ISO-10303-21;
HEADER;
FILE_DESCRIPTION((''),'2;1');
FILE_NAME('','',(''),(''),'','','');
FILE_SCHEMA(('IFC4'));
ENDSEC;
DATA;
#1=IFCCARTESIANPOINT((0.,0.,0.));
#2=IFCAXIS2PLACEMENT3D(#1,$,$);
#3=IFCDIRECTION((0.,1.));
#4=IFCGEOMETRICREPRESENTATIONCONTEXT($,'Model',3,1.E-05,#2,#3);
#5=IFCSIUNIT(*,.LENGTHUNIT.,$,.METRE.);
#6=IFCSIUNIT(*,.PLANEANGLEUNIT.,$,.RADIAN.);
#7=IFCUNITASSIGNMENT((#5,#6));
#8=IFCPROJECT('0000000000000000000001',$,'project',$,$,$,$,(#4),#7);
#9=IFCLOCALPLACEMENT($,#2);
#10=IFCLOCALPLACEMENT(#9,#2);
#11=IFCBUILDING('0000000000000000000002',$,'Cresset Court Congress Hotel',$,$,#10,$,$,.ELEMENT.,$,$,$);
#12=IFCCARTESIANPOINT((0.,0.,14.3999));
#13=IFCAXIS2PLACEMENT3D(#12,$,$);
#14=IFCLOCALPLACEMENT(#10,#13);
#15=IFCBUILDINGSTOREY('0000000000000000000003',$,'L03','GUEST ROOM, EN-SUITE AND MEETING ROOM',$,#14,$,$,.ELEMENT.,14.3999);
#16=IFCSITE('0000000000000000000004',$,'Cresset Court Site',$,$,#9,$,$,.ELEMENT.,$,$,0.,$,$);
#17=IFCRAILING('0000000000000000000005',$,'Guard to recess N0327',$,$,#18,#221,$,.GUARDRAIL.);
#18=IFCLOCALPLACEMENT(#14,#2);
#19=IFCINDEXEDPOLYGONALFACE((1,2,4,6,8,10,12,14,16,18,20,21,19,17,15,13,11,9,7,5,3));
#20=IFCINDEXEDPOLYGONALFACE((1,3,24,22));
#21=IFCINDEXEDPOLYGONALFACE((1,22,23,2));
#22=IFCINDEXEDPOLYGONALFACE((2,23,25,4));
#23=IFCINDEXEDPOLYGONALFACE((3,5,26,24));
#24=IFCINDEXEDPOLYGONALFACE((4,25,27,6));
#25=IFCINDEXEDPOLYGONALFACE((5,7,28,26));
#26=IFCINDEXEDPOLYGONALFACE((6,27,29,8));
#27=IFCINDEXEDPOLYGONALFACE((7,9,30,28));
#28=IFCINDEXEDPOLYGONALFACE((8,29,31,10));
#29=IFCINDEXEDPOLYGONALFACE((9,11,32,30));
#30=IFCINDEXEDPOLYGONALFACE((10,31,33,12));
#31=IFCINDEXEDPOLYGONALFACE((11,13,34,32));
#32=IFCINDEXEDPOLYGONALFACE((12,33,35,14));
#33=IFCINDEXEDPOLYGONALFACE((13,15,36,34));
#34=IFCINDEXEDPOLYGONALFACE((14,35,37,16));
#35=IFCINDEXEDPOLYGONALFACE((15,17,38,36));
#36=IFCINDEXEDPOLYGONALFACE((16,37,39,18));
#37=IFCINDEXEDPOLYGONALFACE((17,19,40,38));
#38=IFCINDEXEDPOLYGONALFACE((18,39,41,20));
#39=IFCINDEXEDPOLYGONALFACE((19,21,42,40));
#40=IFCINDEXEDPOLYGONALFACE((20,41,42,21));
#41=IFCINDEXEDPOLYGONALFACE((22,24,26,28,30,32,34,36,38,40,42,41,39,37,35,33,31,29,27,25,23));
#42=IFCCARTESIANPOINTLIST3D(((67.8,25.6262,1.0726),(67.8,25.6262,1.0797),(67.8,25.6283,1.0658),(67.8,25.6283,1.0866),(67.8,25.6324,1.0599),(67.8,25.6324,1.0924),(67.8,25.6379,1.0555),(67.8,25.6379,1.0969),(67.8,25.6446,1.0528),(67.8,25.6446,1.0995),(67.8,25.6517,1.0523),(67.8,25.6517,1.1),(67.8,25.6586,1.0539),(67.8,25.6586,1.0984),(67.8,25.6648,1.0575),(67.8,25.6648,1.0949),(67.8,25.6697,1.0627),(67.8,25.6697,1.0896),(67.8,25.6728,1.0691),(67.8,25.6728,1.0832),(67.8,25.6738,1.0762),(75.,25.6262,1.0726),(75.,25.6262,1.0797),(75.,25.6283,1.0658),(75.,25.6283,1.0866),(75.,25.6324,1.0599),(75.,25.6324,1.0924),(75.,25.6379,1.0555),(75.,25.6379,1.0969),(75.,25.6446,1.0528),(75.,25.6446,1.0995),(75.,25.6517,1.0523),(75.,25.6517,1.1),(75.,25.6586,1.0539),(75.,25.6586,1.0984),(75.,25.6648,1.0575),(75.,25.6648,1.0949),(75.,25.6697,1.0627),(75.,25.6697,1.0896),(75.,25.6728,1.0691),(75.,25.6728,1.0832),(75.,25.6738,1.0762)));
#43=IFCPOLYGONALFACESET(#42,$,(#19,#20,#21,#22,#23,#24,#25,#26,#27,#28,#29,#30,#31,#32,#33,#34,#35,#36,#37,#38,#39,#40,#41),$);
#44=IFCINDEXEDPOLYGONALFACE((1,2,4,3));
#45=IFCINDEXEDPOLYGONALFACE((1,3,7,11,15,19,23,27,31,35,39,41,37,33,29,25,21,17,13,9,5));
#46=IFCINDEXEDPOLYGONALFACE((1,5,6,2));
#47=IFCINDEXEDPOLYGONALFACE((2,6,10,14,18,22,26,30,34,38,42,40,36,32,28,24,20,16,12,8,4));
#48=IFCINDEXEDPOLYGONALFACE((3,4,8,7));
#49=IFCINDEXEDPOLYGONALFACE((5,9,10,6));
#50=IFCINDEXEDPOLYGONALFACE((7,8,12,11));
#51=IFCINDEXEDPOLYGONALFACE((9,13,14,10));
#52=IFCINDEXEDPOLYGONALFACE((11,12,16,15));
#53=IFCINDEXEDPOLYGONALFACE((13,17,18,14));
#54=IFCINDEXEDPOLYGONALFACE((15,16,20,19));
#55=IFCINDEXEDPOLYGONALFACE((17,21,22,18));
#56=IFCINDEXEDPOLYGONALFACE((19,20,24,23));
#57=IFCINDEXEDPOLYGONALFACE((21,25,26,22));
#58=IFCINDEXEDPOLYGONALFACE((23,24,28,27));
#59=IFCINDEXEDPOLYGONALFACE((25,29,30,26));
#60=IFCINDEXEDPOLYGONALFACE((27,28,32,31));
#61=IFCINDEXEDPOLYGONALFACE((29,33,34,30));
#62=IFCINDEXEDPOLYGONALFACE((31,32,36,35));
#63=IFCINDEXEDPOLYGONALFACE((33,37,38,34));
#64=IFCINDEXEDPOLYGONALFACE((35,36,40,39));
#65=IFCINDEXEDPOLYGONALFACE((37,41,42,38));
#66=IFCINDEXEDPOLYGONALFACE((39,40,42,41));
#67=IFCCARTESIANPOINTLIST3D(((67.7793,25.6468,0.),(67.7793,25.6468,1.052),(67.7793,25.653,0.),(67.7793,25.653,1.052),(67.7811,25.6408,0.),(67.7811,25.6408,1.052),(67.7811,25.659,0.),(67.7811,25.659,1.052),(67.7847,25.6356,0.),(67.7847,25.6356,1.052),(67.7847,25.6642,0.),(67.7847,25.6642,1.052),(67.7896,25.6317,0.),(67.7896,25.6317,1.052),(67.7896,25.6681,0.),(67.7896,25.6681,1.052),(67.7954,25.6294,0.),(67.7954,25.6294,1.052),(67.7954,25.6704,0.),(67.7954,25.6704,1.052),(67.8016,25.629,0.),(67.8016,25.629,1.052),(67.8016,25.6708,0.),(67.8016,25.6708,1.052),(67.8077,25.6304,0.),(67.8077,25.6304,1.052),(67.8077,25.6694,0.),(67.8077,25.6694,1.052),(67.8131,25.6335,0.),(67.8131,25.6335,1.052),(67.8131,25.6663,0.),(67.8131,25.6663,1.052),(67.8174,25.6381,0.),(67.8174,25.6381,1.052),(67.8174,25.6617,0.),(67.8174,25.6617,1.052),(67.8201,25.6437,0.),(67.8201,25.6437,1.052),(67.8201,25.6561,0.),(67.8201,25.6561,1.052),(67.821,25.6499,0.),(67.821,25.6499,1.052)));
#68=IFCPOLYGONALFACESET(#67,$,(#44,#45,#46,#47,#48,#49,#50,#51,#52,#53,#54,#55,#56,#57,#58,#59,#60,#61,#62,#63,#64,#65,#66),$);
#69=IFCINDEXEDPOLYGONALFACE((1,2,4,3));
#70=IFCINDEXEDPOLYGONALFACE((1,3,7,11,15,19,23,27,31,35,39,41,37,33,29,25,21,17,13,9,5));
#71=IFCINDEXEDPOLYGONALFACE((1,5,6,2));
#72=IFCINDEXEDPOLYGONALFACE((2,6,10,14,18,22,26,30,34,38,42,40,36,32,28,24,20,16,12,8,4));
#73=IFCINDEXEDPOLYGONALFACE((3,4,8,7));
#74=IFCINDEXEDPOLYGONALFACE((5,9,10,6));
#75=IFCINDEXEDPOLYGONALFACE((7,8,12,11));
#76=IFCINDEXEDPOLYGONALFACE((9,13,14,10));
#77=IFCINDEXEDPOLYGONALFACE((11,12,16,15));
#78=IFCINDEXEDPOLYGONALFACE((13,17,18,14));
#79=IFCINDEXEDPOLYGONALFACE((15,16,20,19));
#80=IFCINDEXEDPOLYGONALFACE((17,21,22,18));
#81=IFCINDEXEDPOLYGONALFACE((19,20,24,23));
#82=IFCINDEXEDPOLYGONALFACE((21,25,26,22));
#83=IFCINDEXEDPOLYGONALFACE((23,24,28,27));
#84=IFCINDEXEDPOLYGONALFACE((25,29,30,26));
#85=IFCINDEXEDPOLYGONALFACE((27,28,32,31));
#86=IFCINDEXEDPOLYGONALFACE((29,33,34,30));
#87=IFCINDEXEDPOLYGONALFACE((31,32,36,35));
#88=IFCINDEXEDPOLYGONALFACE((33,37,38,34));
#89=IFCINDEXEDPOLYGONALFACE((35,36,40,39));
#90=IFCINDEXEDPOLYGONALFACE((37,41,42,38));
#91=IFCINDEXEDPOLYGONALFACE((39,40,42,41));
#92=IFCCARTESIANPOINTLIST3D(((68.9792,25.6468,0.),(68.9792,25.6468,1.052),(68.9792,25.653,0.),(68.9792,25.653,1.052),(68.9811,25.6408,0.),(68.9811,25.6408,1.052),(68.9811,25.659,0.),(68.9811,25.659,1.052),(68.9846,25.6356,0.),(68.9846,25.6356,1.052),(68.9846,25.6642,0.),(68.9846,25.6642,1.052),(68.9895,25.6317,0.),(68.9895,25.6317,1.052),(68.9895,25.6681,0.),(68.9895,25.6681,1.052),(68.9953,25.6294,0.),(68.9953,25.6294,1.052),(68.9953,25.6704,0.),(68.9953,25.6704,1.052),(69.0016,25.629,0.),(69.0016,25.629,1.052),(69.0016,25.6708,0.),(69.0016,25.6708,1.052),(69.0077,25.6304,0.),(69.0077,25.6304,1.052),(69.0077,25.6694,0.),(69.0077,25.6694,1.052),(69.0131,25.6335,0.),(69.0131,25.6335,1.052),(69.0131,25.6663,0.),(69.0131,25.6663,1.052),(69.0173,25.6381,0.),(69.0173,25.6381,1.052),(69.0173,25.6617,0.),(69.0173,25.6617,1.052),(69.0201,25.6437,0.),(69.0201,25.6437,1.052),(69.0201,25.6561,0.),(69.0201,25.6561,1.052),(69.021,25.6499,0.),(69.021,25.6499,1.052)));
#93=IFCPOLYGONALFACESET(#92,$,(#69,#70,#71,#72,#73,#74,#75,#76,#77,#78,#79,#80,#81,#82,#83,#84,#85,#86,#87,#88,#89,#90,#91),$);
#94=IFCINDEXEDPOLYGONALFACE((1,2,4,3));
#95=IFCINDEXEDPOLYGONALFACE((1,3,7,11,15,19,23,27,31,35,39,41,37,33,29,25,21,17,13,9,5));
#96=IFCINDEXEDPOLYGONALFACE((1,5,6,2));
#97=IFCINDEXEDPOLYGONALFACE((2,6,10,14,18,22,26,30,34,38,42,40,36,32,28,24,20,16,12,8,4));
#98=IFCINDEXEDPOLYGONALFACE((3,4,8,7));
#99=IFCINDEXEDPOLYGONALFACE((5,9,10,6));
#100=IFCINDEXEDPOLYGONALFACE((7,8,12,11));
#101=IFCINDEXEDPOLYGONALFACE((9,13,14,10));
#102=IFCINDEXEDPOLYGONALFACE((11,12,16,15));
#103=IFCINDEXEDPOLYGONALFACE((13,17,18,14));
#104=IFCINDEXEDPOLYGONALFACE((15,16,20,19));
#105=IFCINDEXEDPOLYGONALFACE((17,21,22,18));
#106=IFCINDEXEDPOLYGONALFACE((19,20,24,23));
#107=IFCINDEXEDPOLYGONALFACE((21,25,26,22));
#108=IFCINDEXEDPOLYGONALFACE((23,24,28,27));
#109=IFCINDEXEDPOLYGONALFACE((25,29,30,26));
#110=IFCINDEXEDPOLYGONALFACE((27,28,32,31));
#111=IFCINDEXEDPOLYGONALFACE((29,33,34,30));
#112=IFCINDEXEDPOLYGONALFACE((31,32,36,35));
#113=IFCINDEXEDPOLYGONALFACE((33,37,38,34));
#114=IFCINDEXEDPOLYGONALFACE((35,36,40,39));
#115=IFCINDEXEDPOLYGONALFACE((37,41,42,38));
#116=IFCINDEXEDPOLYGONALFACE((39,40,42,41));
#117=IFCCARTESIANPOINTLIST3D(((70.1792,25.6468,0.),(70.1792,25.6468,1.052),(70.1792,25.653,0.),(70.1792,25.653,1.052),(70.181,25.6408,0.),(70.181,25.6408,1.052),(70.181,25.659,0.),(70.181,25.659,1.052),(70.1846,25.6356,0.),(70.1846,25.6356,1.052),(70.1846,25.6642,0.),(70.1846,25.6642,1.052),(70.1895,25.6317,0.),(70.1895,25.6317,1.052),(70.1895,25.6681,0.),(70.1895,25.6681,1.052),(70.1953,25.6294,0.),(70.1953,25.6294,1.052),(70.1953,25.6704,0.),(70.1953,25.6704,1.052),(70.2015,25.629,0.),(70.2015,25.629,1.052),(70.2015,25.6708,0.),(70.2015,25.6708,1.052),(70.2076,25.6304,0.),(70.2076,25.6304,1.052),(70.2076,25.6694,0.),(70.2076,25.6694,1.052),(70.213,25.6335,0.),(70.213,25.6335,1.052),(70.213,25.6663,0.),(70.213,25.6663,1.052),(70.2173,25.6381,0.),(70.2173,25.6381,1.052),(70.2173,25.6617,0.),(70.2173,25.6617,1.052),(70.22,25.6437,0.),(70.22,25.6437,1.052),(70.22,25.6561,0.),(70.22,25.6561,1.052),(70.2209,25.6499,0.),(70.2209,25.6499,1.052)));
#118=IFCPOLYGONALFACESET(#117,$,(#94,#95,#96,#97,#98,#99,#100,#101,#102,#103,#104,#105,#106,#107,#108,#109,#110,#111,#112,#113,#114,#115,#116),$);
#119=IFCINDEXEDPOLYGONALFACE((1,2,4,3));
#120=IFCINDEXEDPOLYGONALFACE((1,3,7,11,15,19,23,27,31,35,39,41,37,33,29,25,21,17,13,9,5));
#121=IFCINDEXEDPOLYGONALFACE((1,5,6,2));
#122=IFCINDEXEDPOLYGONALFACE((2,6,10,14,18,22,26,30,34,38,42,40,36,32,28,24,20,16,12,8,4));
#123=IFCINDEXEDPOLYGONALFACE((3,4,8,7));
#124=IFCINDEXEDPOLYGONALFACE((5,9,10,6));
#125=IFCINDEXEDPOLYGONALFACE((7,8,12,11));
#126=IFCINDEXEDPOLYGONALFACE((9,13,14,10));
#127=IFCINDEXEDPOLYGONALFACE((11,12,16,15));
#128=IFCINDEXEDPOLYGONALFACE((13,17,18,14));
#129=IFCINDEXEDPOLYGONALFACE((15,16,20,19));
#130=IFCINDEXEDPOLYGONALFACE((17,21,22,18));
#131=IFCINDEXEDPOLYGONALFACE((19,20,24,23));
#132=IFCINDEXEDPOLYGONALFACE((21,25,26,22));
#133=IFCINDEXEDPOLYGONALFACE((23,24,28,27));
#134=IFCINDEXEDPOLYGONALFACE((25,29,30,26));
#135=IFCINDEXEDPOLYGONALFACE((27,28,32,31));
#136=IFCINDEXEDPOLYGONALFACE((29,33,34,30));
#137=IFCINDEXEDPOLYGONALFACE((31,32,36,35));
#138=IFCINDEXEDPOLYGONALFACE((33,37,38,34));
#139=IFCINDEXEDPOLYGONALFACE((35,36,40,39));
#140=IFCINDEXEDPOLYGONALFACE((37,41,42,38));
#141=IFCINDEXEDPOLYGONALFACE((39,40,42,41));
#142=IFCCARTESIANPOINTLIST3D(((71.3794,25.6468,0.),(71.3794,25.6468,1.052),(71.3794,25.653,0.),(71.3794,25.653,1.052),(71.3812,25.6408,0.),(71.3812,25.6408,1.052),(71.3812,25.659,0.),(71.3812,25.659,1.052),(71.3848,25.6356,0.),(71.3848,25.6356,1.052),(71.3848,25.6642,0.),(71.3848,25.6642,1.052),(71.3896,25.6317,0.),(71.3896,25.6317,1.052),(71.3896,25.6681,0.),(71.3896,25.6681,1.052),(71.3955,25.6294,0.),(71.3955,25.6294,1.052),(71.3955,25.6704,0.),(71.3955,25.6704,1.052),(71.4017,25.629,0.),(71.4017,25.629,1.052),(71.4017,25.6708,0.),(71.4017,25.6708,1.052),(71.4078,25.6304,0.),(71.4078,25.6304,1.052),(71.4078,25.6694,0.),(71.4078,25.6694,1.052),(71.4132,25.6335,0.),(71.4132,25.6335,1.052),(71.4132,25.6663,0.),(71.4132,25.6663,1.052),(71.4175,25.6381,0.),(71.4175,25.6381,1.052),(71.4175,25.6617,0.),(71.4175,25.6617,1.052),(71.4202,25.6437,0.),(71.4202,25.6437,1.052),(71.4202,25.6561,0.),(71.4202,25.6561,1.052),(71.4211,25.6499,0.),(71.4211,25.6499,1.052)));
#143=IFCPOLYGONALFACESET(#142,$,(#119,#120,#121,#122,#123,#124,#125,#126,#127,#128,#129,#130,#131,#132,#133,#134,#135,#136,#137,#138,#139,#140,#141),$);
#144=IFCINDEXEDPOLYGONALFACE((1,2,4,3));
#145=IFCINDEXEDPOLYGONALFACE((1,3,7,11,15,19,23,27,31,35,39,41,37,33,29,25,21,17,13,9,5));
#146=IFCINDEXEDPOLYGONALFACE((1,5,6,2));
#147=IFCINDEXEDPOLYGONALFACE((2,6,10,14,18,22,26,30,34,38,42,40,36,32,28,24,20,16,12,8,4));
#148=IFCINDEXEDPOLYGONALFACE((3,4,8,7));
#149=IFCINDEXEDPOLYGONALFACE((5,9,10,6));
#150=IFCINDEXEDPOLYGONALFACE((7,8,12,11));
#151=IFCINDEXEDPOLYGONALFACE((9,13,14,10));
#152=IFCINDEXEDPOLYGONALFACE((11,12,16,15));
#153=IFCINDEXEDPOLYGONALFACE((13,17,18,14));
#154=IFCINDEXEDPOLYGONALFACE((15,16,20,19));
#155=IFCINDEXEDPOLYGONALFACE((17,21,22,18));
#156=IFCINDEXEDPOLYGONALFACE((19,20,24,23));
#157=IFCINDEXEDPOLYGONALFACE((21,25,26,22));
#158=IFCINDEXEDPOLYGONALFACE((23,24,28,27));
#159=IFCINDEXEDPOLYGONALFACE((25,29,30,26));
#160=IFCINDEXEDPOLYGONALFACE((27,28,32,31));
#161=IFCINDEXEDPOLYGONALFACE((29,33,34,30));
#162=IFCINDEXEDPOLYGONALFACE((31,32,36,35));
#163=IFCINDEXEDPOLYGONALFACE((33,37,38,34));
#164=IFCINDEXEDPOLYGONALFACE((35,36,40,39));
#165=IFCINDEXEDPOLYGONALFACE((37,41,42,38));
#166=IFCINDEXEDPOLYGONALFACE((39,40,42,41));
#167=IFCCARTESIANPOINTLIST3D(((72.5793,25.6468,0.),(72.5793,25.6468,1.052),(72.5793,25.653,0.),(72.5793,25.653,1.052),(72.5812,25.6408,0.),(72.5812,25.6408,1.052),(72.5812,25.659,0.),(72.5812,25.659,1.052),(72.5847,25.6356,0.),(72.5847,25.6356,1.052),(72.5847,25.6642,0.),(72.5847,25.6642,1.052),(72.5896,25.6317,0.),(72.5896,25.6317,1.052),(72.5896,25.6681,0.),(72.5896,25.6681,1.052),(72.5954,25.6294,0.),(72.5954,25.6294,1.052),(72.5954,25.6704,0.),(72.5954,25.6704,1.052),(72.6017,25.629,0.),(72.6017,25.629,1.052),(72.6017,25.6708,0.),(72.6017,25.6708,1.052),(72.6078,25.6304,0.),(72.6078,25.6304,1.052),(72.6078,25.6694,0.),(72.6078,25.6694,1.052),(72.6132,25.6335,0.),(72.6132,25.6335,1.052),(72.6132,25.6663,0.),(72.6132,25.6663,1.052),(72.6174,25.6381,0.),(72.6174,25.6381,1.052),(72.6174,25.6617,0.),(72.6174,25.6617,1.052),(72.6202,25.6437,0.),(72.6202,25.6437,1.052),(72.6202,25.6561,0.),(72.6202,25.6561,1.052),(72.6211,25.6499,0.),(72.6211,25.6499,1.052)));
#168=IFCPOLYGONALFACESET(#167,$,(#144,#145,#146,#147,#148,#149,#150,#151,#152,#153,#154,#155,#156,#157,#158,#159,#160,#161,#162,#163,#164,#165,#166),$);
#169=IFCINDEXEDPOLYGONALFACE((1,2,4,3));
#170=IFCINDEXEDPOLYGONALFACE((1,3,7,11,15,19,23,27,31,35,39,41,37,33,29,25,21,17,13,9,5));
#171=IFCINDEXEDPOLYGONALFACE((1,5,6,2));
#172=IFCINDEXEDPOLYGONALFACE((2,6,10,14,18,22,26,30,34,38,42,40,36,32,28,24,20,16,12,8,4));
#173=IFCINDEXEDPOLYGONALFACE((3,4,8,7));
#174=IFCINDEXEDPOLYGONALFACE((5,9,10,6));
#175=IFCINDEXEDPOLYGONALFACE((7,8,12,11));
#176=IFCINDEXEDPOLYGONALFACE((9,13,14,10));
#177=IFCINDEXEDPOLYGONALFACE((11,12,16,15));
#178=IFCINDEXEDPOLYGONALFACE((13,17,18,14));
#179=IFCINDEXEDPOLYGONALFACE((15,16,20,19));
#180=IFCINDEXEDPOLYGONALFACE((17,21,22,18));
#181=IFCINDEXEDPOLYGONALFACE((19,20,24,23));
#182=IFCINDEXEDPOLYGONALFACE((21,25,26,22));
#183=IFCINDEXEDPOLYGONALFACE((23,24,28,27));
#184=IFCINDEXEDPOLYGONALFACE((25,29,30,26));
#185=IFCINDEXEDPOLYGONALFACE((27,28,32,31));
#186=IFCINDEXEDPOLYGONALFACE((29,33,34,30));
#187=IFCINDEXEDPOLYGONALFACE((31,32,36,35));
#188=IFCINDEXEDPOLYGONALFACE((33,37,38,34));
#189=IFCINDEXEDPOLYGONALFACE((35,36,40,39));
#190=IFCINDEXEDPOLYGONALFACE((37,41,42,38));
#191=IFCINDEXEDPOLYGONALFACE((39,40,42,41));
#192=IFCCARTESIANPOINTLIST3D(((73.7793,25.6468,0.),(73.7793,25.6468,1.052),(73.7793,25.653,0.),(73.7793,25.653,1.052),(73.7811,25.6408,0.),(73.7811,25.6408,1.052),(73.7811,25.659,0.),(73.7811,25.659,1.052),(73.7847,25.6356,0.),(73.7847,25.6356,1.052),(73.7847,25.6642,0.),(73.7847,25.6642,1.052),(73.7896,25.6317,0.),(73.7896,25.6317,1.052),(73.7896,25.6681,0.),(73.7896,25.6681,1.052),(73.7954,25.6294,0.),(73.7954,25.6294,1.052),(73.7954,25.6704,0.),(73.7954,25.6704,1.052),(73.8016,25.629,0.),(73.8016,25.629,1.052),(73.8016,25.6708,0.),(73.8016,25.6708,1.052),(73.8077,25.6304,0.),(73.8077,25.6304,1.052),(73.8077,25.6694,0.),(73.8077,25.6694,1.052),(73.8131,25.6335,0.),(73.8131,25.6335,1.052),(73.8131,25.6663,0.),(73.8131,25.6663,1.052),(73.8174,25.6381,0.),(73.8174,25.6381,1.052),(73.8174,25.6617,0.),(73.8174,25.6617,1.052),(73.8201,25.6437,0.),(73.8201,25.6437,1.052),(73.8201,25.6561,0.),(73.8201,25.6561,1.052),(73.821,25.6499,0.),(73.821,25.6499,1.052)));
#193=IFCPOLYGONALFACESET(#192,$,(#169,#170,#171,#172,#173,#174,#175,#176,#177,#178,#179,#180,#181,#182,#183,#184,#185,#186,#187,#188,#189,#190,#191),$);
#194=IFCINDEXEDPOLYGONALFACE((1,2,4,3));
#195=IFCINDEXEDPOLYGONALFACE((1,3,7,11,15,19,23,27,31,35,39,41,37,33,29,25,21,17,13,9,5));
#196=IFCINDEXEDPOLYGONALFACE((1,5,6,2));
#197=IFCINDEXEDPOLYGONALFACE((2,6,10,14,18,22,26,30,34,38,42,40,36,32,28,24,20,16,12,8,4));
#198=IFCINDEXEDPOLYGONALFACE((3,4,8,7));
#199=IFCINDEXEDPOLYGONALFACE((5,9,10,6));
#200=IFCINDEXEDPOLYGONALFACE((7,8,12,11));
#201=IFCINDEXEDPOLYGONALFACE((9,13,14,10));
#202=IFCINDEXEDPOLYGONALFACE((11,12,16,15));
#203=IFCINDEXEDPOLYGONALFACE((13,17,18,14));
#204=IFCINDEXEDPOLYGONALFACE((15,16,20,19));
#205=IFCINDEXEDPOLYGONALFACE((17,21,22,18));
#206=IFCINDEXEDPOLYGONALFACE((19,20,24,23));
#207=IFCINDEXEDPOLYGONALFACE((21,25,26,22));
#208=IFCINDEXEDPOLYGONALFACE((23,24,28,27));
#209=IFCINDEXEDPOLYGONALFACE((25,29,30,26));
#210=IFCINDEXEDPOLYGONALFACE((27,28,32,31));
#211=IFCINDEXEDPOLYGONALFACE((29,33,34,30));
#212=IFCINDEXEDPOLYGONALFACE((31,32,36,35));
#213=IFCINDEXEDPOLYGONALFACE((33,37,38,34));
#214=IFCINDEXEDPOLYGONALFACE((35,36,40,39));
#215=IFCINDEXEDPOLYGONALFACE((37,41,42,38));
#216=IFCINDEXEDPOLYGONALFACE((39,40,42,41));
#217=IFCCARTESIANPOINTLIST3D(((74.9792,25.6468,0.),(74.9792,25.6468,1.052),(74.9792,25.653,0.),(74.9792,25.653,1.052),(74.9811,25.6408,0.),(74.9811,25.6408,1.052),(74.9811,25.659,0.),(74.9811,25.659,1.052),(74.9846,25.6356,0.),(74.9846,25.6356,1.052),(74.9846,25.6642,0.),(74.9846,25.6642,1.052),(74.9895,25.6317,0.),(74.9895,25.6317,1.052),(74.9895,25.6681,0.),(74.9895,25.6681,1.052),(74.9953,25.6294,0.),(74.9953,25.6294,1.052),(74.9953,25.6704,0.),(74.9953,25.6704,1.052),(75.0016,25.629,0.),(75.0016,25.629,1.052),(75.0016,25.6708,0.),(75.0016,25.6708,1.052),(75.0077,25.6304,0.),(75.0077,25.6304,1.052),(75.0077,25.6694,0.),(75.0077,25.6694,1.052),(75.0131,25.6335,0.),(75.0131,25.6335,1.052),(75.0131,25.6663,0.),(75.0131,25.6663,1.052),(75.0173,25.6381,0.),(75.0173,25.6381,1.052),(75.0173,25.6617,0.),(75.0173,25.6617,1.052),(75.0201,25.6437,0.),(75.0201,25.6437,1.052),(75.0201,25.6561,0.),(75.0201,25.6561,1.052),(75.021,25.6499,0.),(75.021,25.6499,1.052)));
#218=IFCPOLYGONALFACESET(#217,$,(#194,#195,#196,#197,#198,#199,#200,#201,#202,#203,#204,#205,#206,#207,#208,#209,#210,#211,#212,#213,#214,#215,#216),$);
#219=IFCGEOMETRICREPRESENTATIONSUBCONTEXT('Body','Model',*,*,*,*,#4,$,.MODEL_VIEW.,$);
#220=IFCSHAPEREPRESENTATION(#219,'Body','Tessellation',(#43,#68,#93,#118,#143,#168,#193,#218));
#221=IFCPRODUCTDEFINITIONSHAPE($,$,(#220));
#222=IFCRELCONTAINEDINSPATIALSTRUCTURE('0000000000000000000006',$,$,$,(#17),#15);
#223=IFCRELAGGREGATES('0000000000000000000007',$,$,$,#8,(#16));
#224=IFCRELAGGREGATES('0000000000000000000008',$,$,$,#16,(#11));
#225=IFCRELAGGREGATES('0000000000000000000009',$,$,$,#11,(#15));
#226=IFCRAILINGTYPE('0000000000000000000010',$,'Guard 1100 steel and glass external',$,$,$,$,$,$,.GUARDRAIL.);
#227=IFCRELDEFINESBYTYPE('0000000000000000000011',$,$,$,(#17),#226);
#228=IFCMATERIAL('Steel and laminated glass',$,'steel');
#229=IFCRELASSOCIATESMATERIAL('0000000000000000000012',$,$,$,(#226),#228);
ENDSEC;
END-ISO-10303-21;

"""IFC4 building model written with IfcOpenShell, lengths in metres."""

from ifc_helpers import new_model, si_unit, direction, frame, origin, origin_2d, place, context, subcontext, project, spatial, circle, extrude, material, type_object, element, save


model = new_model("IFC4")

# Units and contexts
model_context = context("Model", 3, precision=1e-05, world=origin(), true_north=direction((0.0, 1.0)))
body_context = subcontext(model_context, "Body", "Model", "MODEL_VIEW")
ifc_project = project(units=[si_unit("LENGTHUNIT", "METRE"), si_unit("PLANEANGLEUNIT", "RADIAN")], contexts=[model_context])

# Site, building, storey
site_placement = place(None, origin())
site = spatial("IfcSite", under=ifc_project, at=site_placement, Name="Cresset Court Site", CompositionType="ELEMENT", RefElevation=0.0)
building_placement = place(site_placement, origin())
building = spatial("IfcBuilding", under=site, at=building_placement, Name="Cresset Court Congress Hotel", CompositionType="ELEMENT")
storey_placement = place(building_placement, frame((0.0, 0.0, 14.3999)))
storey = spatial("IfcBuildingStorey", under=building, at=storey_placement, Name="L03", Description="GUEST ROOM, EN-SUITE AND MEETING ROOM", CompositionType="ELEMENT", Elevation=14.3999)

# Railing
ifc_material_1 = material(Name="Steel and laminated glass", Category="steel")
railing_type = type_object("IfcRailingType", Name="Guard 1100 steel and glass external", PredefinedType="GUARDRAIL", material=ifc_material_1)
railing_placement = place(storey_placement, frame((67.8, 25.6499, 0.0)))
element("IfcRailing", 1, at=railing_placement, inside=storey, type_object=railing_type, Name="Guard to recess N0327", PredefinedType="GUARDRAIL", context=body_context, shape_type="SweptSolid", body=[
    extrude(circle(Radius=0.0239, at=origin_2d()), frame((0.0, 0.0, 1.0762), z_axis=(1.0, 0.0, 0.0), x_axis=(0.0, 1.0, 0.0)), (0.0, 0.0, 1.0), 7.2),
    extrude(circle(Radius=0.021, at=origin_2d()), origin(), (0.0, 0.0, 1.0), 1.052),
    extrude(circle(Radius=0.021, at=origin_2d()), frame((1.2, 0.0, 0.0)), (0.0, 0.0, 1.0), 1.052),
    extrude(circle(Radius=0.021, at=origin_2d()), frame((2.3999, 0.0, 0.0)), (0.0, 0.0, 1.0), 1.052),
    extrude(circle(Radius=0.021, at=origin_2d()), frame((3.6001, 0.0, 0.0)), (0.0, 0.0, 1.0), 1.052),
    extrude(circle(Radius=0.021, at=origin_2d()), frame((4.8, 0.0, 0.0)), (0.0, 0.0, 1.0), 1.052),
    extrude(circle(Radius=0.021, at=origin_2d()), frame((6.0, 0.0, 0.0)), (0.0, 0.0, 1.0), 1.052),
    extrude(circle(Radius=0.021, at=origin_2d()), frame((7.2, 0.0, 0.0)), (0.0, 0.0, 1.0), 1.052),
])

save(model, "model.ifc")
